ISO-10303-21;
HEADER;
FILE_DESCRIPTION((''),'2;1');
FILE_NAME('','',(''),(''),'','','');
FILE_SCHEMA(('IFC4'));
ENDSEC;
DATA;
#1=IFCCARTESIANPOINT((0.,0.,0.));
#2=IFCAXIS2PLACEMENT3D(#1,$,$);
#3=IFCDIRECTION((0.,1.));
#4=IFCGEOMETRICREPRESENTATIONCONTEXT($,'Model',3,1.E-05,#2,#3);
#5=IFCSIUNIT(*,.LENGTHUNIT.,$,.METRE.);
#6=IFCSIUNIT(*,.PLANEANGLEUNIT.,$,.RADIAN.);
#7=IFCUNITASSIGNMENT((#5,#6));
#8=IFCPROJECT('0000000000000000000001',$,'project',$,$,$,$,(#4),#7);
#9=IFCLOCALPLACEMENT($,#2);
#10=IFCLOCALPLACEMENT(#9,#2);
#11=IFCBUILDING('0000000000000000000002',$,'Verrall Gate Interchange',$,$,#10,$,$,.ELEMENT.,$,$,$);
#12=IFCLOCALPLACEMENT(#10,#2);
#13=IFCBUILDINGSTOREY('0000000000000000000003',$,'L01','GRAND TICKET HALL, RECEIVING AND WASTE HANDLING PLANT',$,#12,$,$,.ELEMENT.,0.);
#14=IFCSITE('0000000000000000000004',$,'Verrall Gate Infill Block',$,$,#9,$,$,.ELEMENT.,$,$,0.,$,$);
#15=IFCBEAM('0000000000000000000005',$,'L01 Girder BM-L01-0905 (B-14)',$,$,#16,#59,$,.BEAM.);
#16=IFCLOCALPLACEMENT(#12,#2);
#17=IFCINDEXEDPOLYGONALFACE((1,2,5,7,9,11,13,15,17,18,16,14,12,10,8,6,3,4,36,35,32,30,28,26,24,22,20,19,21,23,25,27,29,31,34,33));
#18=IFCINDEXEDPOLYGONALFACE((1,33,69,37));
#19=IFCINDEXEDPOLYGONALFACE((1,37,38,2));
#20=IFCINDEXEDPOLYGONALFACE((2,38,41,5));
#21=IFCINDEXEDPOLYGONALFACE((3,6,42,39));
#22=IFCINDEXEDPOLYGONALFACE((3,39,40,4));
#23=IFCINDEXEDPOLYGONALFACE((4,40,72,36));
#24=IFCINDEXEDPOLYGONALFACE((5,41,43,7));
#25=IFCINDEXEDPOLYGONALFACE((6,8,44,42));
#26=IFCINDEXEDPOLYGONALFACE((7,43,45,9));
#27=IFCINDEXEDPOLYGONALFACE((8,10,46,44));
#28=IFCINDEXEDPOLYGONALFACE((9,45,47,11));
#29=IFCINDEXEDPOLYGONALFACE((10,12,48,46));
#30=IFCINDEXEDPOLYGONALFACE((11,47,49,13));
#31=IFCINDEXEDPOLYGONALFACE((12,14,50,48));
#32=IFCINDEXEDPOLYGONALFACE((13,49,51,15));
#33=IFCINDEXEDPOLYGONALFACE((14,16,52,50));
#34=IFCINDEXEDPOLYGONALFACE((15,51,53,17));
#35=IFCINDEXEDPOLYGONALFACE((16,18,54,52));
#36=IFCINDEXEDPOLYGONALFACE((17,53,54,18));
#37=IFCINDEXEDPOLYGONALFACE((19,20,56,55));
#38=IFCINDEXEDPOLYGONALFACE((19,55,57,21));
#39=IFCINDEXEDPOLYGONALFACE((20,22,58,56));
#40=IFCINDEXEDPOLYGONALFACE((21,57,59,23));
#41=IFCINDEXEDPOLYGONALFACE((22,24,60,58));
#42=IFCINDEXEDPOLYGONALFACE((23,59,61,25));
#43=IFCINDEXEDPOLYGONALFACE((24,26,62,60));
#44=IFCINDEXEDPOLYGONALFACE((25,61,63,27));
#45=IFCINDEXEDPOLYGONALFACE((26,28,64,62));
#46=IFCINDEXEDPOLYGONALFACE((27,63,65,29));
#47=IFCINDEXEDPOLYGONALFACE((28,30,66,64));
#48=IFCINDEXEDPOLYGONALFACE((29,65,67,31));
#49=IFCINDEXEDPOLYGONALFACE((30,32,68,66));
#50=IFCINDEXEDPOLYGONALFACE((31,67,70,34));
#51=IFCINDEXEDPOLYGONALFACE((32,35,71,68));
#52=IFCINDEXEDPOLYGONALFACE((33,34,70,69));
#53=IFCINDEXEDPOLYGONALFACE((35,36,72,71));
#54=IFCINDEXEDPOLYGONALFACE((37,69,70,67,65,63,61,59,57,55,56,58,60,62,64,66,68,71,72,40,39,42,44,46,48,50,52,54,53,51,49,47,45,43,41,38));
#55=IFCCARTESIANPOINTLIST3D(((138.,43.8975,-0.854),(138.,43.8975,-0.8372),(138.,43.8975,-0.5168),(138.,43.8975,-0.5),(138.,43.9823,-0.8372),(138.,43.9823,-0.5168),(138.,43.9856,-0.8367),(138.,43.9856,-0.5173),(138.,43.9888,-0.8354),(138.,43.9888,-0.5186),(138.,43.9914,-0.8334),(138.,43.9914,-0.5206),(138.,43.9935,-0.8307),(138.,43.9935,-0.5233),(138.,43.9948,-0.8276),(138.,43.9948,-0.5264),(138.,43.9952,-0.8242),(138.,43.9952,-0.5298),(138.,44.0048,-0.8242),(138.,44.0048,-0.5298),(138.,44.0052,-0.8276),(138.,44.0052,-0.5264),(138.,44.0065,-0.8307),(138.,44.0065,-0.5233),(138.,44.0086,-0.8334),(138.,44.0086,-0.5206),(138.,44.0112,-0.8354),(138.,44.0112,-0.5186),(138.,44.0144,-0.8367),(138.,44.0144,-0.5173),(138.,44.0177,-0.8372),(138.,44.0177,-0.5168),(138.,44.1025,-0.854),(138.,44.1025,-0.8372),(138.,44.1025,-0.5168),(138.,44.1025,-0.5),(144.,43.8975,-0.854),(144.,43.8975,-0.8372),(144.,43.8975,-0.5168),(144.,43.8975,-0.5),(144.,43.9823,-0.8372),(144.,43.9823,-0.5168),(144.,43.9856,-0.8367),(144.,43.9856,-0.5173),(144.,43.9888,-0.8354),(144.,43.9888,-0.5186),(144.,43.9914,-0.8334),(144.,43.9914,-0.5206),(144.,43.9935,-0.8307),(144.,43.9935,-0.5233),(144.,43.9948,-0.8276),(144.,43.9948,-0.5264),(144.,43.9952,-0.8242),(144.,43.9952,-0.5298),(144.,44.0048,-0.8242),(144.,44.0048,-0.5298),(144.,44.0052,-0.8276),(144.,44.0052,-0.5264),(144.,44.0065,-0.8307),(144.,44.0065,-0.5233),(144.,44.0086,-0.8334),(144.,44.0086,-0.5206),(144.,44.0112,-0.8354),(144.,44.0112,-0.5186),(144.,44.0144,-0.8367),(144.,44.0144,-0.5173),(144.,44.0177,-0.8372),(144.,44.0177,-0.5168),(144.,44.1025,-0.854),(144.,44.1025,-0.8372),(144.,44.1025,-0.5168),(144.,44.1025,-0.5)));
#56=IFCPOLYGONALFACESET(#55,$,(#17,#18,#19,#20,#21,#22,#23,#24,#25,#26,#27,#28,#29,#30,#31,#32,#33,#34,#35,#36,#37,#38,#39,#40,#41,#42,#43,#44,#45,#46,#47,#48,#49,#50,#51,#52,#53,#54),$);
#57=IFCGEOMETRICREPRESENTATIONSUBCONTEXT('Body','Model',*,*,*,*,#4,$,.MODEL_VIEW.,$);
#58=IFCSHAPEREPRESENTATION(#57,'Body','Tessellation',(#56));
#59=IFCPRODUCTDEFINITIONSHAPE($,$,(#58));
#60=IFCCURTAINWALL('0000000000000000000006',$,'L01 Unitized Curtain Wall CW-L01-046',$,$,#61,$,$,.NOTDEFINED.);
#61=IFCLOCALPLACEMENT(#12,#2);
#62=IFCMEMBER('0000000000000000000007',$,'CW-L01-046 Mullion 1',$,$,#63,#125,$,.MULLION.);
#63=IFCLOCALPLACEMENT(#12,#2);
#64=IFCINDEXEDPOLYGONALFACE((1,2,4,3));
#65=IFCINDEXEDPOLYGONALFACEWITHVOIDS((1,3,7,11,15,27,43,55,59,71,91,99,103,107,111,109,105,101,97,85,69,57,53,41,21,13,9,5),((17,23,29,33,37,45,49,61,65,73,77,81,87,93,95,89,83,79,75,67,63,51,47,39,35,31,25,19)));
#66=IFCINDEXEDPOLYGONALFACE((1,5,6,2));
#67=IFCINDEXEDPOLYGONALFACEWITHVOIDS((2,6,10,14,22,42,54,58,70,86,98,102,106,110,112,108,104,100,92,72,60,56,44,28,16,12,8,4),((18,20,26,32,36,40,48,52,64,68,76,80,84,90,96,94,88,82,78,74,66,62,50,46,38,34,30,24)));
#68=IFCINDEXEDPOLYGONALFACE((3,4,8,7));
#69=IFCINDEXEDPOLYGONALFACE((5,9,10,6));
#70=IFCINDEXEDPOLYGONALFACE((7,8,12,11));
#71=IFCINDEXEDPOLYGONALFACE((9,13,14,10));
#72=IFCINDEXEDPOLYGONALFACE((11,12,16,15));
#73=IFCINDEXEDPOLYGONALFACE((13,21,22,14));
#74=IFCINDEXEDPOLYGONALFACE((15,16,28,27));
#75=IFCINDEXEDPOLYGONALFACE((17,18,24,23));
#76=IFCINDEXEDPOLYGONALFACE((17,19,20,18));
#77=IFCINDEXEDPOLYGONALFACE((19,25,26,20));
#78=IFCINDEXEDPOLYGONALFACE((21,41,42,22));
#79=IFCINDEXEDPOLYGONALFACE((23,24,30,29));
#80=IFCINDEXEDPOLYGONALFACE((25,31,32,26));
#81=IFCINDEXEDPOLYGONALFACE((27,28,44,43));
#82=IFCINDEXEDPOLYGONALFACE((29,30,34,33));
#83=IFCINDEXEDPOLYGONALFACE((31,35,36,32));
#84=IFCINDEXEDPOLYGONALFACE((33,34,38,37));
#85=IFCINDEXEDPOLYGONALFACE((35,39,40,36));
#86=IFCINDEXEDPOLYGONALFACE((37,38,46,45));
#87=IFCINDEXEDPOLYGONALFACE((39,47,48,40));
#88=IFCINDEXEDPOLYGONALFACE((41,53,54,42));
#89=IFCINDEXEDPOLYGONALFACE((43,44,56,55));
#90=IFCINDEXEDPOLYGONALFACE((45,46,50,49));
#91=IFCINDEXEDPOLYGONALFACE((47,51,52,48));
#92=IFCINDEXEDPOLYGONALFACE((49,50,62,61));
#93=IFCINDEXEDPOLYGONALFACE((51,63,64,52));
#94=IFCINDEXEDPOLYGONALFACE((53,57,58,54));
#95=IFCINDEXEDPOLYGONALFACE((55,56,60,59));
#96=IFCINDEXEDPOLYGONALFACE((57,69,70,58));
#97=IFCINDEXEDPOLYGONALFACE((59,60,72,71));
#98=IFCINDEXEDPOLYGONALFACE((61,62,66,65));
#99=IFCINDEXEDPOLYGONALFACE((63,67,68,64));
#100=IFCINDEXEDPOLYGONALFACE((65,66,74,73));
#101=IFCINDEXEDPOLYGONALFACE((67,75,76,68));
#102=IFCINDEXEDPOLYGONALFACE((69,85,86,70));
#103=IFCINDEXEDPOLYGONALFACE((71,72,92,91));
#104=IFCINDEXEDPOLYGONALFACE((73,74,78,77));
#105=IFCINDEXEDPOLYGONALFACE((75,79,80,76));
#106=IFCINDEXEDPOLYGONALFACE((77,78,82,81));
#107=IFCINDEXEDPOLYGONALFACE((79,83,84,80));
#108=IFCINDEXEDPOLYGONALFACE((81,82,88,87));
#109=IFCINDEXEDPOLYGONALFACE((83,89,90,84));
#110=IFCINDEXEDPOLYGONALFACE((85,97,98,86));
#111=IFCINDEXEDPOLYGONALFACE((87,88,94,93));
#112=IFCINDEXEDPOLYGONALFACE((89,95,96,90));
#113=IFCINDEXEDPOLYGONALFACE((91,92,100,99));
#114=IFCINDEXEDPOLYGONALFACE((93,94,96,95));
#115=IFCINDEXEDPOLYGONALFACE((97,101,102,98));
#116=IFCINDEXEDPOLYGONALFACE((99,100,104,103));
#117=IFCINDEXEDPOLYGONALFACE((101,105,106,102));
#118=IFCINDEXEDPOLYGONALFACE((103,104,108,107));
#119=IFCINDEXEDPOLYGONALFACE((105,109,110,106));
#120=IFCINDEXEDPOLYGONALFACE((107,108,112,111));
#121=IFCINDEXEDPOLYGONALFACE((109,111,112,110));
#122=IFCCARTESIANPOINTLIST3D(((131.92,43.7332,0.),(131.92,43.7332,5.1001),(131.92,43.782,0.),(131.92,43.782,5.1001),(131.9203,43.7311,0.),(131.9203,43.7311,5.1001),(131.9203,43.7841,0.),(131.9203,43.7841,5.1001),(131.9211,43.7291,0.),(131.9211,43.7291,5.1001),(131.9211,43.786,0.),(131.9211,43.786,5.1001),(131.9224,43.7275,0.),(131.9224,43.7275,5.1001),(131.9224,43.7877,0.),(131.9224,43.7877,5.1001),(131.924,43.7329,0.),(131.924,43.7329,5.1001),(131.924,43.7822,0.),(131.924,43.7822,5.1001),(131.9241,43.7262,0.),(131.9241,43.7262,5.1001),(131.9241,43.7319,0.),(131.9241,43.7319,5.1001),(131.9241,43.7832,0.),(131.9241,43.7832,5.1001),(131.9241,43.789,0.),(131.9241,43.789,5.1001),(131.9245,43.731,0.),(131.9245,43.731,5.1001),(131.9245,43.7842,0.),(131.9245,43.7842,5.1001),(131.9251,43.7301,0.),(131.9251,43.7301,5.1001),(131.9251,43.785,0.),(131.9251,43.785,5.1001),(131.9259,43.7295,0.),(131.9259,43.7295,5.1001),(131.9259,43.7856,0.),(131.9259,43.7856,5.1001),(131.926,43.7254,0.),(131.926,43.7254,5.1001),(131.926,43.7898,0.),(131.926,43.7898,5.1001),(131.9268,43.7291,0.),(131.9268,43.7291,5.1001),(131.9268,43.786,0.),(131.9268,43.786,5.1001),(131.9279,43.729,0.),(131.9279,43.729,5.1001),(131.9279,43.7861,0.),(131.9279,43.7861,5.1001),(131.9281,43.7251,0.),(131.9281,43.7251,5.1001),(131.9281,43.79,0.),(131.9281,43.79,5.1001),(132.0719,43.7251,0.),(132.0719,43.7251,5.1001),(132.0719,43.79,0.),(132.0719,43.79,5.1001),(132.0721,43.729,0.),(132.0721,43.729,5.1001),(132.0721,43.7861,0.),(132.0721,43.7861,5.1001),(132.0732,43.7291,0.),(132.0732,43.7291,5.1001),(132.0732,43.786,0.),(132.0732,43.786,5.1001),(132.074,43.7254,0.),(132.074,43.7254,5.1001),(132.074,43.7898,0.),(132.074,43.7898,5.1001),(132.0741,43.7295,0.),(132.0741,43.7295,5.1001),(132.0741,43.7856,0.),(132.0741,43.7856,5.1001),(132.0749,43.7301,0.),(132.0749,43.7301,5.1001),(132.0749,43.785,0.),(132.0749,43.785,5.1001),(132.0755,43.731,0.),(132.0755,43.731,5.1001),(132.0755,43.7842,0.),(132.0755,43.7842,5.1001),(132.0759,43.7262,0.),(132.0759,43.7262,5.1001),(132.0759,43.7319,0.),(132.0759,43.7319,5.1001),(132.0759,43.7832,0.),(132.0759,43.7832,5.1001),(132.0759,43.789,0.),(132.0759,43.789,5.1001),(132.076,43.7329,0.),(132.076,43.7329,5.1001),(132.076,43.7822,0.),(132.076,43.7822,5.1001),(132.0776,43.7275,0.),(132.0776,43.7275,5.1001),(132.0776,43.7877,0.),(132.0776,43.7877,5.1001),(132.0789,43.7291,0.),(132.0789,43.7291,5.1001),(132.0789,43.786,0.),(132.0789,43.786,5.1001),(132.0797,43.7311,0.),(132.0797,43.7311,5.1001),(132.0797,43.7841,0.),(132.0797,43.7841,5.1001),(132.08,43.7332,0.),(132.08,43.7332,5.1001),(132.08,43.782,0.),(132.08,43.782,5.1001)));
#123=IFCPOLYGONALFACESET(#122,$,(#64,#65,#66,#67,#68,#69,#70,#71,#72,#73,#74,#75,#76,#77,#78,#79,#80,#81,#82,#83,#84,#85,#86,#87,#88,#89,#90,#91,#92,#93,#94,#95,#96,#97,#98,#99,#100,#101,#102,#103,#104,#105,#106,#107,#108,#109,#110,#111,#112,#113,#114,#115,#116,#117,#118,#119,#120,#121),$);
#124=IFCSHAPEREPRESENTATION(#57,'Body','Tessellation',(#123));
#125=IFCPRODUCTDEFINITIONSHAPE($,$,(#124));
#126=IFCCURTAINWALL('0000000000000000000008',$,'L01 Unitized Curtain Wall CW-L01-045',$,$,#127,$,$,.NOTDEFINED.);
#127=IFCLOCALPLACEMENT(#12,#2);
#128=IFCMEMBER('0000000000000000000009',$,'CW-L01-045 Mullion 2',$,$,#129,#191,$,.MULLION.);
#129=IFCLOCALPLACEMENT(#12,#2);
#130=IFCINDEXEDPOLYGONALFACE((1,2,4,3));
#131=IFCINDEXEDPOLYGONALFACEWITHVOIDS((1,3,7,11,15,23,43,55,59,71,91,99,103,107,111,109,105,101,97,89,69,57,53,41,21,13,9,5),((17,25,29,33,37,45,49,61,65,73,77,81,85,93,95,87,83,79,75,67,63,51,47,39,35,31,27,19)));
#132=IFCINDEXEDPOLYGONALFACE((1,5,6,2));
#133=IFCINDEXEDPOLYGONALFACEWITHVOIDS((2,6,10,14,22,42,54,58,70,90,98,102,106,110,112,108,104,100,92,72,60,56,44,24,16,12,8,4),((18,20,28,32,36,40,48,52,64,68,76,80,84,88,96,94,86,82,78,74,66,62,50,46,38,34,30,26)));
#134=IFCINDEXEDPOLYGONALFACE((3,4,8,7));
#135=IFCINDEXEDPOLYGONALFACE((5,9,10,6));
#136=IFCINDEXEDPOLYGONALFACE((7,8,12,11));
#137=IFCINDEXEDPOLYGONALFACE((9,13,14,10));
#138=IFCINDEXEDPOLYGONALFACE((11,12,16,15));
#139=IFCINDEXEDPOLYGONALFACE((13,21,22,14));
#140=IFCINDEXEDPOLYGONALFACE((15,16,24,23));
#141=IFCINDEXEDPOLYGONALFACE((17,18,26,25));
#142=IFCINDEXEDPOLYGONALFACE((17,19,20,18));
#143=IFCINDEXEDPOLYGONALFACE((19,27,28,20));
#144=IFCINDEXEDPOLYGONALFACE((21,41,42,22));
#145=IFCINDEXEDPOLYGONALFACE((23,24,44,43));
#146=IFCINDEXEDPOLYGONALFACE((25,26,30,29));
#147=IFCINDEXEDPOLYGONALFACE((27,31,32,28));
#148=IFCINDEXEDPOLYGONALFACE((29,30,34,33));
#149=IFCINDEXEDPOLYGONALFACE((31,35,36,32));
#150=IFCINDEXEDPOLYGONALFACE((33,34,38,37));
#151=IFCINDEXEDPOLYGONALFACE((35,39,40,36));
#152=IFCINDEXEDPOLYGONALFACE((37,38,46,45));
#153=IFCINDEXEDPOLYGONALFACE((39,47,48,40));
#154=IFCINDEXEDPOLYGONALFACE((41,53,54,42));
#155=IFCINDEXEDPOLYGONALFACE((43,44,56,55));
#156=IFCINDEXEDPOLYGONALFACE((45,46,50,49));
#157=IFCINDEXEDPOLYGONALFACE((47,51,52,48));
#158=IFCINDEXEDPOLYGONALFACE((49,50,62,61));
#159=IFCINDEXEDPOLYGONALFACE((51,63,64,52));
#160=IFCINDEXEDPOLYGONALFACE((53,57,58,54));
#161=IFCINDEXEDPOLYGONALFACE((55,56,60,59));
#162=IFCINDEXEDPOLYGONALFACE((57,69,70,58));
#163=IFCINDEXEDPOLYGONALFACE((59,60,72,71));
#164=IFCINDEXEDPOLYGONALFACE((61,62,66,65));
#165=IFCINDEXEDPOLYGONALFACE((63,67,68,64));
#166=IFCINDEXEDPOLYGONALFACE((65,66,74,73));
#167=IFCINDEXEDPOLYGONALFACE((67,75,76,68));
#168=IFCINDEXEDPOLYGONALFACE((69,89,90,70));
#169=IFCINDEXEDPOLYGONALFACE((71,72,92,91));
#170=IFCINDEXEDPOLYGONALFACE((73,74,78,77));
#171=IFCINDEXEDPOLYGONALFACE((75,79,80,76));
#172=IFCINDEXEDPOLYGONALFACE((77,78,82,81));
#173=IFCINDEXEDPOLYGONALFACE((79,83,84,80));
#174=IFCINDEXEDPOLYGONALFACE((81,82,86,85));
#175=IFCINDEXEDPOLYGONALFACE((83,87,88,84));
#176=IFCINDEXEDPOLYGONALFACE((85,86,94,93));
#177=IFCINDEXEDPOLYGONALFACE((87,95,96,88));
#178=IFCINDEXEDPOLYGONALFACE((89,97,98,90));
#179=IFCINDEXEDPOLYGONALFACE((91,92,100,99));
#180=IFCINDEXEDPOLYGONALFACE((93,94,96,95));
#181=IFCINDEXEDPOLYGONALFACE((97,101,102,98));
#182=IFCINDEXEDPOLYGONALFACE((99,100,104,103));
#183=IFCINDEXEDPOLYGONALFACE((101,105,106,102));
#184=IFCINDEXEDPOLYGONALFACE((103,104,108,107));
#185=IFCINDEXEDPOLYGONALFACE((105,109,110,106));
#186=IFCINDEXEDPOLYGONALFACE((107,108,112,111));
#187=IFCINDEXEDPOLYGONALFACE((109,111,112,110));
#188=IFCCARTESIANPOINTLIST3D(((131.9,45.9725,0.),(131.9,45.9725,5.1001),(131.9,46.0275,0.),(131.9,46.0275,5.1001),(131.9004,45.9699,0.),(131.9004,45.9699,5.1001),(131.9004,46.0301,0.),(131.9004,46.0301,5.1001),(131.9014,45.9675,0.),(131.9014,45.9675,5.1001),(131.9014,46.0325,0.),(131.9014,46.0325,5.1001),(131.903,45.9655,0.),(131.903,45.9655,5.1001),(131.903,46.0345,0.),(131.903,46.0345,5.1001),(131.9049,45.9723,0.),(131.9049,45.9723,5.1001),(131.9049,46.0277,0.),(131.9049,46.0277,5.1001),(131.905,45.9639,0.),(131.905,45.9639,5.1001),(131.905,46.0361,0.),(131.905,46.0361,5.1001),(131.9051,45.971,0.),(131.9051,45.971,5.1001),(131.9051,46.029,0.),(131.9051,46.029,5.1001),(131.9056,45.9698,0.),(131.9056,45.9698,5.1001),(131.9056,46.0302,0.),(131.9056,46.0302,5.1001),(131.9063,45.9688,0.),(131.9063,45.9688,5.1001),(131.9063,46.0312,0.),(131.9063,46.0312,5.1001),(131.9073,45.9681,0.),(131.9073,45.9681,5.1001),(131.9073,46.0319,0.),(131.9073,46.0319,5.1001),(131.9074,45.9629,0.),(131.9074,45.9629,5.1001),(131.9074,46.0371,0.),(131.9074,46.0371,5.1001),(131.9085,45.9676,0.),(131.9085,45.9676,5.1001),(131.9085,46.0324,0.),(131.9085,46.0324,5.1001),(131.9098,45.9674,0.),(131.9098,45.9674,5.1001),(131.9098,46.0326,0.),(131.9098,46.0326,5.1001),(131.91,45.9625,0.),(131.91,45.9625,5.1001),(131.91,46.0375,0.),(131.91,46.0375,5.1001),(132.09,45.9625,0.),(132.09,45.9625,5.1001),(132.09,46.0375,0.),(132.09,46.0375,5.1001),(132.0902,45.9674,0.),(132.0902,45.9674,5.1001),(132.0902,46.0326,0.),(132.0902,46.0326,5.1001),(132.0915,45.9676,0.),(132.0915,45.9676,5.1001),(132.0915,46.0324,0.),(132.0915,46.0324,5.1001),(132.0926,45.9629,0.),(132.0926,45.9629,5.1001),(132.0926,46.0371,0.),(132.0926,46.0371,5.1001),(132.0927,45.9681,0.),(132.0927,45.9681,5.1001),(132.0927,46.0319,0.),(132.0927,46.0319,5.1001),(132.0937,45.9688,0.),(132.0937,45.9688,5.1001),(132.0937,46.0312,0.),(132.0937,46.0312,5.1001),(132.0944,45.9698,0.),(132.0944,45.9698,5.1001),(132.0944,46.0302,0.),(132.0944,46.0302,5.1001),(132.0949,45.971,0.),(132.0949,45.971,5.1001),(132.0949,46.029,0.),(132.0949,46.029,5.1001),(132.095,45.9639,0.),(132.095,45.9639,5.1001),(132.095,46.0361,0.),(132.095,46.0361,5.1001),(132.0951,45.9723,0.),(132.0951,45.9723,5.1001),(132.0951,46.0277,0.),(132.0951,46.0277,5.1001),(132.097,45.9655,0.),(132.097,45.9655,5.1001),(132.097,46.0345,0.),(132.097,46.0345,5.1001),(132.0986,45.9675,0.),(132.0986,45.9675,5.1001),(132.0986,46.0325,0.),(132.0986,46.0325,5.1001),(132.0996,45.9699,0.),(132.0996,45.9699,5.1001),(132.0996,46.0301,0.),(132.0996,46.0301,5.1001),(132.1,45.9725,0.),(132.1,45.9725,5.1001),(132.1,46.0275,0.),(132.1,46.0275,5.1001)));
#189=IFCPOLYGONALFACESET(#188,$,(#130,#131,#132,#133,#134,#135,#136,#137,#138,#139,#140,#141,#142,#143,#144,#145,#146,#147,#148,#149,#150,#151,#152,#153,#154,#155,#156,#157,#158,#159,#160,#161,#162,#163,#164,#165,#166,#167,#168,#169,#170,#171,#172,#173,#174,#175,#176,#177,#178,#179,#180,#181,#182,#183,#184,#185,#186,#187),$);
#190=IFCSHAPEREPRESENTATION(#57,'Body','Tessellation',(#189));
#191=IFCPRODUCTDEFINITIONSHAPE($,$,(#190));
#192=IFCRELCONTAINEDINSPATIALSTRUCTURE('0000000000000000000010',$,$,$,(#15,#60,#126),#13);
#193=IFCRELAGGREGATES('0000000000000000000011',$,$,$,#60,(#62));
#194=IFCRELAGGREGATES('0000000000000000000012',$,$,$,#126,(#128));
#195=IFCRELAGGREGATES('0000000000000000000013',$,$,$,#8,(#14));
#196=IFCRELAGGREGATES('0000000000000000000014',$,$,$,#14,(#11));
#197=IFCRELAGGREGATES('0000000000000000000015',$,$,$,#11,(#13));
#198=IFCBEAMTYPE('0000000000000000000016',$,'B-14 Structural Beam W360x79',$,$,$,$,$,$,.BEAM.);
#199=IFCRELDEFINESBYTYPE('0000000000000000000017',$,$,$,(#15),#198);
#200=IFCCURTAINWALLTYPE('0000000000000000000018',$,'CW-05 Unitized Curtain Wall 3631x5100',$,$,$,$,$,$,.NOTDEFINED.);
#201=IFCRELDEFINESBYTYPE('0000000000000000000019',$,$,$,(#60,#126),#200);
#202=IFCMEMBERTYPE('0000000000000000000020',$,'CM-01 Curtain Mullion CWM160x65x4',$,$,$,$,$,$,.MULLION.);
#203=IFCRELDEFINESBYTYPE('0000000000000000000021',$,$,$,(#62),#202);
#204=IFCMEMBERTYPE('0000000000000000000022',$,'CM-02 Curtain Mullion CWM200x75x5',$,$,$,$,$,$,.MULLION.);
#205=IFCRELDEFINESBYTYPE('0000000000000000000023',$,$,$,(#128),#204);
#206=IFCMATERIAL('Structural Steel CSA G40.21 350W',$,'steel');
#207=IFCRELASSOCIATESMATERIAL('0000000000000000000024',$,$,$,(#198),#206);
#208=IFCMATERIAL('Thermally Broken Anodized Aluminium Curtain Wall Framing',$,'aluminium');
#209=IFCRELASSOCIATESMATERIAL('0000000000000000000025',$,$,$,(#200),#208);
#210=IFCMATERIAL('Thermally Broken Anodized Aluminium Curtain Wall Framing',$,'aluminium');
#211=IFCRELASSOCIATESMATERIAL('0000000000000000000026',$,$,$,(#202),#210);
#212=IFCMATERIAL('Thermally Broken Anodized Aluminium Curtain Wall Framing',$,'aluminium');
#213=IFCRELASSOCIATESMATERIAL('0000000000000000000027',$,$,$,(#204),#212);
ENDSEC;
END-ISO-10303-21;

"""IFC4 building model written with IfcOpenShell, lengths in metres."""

from ifc_helpers import new_model, si_unit, direction, frame, origin, origin_2d, place, context, subcontext, project, spatial, hollow_rectangle, i_section, extrude, material, material_profile, profile_set, type_object, element, aggregate, save


model = new_model("IFC4")

# Units and contexts
model_context = context("Model", 3, precision=1e-05, world=origin(), true_north=direction((0.0, 1.0)))
body_context = subcontext(model_context, "Body", "Model", "MODEL_VIEW")
ifc_project = project(units=[si_unit("LENGTHUNIT", "METRE"), si_unit("PLANEANGLEUNIT", "RADIAN")], contexts=[model_context])

# Site, building, storey
site_placement = place(None, origin())
site = spatial("IfcSite", under=ifc_project, at=site_placement, Name="Verrall Gate Infill Block", CompositionType="ELEMENT", RefElevation=0.0)
building_placement = place(site_placement, origin())
building = spatial("IfcBuilding", under=site, at=building_placement, Name="Verrall Gate Interchange", CompositionType="ELEMENT")
storey_placement = place(building_placement, origin())
storey = spatial("IfcBuildingStorey", under=building, at=storey_placement, Name="L01", Description="GRAND TICKET HALL, RECEIVING AND WASTE HANDLING PLANT", CompositionType="ELEMENT", Elevation=0.0)

# Beam
ifc_material_1 = material(Name="Structural Steel CSA G40.21 350W", Category="steel")
ifc_material_profile_1 = material_profile(ifc_material_1, i_section(OverallWidth=0.2051, OverallDepth=0.354, WebThickness=0.0095, FlangeThickness=0.0168, FilletRadius=0.0129, at=origin_2d()), Name="W360x79")
ifc_profile_set_1 = profile_set([ifc_material_profile_1], Name="Structural Steel CSA G40.21 350W")
beam_type_1 = type_object("IfcBeamType", Name="B-14 Structural Beam W360x79", PredefinedType="BEAM", material=ifc_profile_set_1)
beam_1_placement = place(storey_placement, frame((138.0, 44.0, -0.677), z_axis=(1.0, 0.0, 0.0), x_axis=(0.0, 1.0, 0.0)))
element("IfcBeam", 1, at=beam_1_placement, inside=storey, type_object=beam_type_1, Name="L01 Girder BM-L01-0905 (B-14)", PredefinedType="BEAM", context=body_context, shape_type="SweptSolid", body=[
    extrude(i_section(OverallWidth=0.2051, OverallDepth=0.354, WebThickness=0.0095, FlangeThickness=0.0168, FilletRadius=0.0129, at=origin_2d()), origin(), (0.0, 0.0, 1.0), 6.0),
])

# Curtain wall, member
ifc_material_2 = material(Name="Thermally Broken Anodized Aluminium Curtain Wall Framing", Category="aluminium")
curtain_wall_type = type_object("IfcCurtainWallType", Name="CW-05 Unitized Curtain Wall 3631x5100", PredefinedType="NOTDEFINED", material=ifc_material_2)
curtain_wall_1_placement = place(storey_placement, origin())
curtain_wall_1 = element("IfcCurtainWall", 2, at=curtain_wall_1_placement, inside=storey, type_object=curtain_wall_type, Name="L01 Unitized Curtain Wall CW-L01-046", PredefinedType="NOTDEFINED")
ifc_material_3 = material(Name="Thermally Broken Anodized Aluminium Curtain Wall Framing", Category="aluminium")
ifc_material_profile_2 = material_profile(ifc_material_3, hollow_rectangle(XDim=0.0649, YDim=0.1599, WallThickness=0.0039, InnerFilletRadius=0.0039, OuterFilletRadius=0.0081, at=origin_2d()), Name="CWM160x65x4")
ifc_profile_set_2 = profile_set([ifc_material_profile_2], Name="Thermally Broken Anodized Aluminium Curtain Wall Framing")
member_type_1 = type_object("IfcMemberType", Name="CM-01 Curtain Mullion CWM160x65x4", PredefinedType="MULLION", material=ifc_profile_set_2)
member_1_placement = place(storey_placement, frame((132.0, 43.7576, 0.0), z_axis=(0.0, 0.0, 1.0), x_axis=(0.0, -1.0, 0.0)))
member_1 = element("IfcMember", 3, at=member_1_placement, type_object=member_type_1, Name="CW-L01-046 Mullion 1", PredefinedType="MULLION", context=body_context, shape_type="SweptSolid", body=[
    extrude(hollow_rectangle(XDim=0.0649, YDim=0.1599, WallThickness=0.0039, InnerFilletRadius=0.0039, OuterFilletRadius=0.0081, at=origin_2d()), origin(), (0.0, 0.0, 1.0), 5.1001),
])

# Curtain wall, member
curtain_wall_2_placement = place(storey_placement, origin())
curtain_wall_2 = element("IfcCurtainWall", 4, at=curtain_wall_2_placement, inside=storey, type_object=curtain_wall_type, Name="L01 Unitized Curtain Wall CW-L01-045", PredefinedType="NOTDEFINED")
ifc_material_4 = material(Name="Thermally Broken Anodized Aluminium Curtain Wall Framing", Category="aluminium")
ifc_material_profile_3 = material_profile(ifc_material_4, hollow_rectangle(XDim=0.075, YDim=0.2, WallThickness=0.0049, InnerFilletRadius=0.0049, OuterFilletRadius=0.01, at=origin_2d()), Name="CWM200x75x5")
ifc_profile_set_3 = profile_set([ifc_material_profile_3], Name="Thermally Broken Anodized Aluminium Curtain Wall Framing")
member_type_2 = type_object("IfcMemberType", Name="CM-02 Curtain Mullion CWM200x75x5", PredefinedType="MULLION", material=ifc_profile_set_3)
member_2_placement = place(storey_placement, frame((132.0, 46.0, 0.0), z_axis=(0.0, 0.0, 1.0), x_axis=(0.0, -1.0, 0.0)))
member_2 = element("IfcMember", 5, at=member_2_placement, type_object=member_type_2, Name="CW-L01-045 Mullion 2", PredefinedType="MULLION", context=body_context, shape_type="SweptSolid", body=[
    extrude(hollow_rectangle(XDim=0.075, YDim=0.2, WallThickness=0.0049, InnerFilletRadius=0.0049, OuterFilletRadius=0.01, at=origin_2d()), origin(), (0.0, 0.0, 1.0), 5.1001),
])

aggregate(curtain_wall_1, [member_1])

aggregate(curtain_wall_2, [member_2])

save(model, "model.ifc")
